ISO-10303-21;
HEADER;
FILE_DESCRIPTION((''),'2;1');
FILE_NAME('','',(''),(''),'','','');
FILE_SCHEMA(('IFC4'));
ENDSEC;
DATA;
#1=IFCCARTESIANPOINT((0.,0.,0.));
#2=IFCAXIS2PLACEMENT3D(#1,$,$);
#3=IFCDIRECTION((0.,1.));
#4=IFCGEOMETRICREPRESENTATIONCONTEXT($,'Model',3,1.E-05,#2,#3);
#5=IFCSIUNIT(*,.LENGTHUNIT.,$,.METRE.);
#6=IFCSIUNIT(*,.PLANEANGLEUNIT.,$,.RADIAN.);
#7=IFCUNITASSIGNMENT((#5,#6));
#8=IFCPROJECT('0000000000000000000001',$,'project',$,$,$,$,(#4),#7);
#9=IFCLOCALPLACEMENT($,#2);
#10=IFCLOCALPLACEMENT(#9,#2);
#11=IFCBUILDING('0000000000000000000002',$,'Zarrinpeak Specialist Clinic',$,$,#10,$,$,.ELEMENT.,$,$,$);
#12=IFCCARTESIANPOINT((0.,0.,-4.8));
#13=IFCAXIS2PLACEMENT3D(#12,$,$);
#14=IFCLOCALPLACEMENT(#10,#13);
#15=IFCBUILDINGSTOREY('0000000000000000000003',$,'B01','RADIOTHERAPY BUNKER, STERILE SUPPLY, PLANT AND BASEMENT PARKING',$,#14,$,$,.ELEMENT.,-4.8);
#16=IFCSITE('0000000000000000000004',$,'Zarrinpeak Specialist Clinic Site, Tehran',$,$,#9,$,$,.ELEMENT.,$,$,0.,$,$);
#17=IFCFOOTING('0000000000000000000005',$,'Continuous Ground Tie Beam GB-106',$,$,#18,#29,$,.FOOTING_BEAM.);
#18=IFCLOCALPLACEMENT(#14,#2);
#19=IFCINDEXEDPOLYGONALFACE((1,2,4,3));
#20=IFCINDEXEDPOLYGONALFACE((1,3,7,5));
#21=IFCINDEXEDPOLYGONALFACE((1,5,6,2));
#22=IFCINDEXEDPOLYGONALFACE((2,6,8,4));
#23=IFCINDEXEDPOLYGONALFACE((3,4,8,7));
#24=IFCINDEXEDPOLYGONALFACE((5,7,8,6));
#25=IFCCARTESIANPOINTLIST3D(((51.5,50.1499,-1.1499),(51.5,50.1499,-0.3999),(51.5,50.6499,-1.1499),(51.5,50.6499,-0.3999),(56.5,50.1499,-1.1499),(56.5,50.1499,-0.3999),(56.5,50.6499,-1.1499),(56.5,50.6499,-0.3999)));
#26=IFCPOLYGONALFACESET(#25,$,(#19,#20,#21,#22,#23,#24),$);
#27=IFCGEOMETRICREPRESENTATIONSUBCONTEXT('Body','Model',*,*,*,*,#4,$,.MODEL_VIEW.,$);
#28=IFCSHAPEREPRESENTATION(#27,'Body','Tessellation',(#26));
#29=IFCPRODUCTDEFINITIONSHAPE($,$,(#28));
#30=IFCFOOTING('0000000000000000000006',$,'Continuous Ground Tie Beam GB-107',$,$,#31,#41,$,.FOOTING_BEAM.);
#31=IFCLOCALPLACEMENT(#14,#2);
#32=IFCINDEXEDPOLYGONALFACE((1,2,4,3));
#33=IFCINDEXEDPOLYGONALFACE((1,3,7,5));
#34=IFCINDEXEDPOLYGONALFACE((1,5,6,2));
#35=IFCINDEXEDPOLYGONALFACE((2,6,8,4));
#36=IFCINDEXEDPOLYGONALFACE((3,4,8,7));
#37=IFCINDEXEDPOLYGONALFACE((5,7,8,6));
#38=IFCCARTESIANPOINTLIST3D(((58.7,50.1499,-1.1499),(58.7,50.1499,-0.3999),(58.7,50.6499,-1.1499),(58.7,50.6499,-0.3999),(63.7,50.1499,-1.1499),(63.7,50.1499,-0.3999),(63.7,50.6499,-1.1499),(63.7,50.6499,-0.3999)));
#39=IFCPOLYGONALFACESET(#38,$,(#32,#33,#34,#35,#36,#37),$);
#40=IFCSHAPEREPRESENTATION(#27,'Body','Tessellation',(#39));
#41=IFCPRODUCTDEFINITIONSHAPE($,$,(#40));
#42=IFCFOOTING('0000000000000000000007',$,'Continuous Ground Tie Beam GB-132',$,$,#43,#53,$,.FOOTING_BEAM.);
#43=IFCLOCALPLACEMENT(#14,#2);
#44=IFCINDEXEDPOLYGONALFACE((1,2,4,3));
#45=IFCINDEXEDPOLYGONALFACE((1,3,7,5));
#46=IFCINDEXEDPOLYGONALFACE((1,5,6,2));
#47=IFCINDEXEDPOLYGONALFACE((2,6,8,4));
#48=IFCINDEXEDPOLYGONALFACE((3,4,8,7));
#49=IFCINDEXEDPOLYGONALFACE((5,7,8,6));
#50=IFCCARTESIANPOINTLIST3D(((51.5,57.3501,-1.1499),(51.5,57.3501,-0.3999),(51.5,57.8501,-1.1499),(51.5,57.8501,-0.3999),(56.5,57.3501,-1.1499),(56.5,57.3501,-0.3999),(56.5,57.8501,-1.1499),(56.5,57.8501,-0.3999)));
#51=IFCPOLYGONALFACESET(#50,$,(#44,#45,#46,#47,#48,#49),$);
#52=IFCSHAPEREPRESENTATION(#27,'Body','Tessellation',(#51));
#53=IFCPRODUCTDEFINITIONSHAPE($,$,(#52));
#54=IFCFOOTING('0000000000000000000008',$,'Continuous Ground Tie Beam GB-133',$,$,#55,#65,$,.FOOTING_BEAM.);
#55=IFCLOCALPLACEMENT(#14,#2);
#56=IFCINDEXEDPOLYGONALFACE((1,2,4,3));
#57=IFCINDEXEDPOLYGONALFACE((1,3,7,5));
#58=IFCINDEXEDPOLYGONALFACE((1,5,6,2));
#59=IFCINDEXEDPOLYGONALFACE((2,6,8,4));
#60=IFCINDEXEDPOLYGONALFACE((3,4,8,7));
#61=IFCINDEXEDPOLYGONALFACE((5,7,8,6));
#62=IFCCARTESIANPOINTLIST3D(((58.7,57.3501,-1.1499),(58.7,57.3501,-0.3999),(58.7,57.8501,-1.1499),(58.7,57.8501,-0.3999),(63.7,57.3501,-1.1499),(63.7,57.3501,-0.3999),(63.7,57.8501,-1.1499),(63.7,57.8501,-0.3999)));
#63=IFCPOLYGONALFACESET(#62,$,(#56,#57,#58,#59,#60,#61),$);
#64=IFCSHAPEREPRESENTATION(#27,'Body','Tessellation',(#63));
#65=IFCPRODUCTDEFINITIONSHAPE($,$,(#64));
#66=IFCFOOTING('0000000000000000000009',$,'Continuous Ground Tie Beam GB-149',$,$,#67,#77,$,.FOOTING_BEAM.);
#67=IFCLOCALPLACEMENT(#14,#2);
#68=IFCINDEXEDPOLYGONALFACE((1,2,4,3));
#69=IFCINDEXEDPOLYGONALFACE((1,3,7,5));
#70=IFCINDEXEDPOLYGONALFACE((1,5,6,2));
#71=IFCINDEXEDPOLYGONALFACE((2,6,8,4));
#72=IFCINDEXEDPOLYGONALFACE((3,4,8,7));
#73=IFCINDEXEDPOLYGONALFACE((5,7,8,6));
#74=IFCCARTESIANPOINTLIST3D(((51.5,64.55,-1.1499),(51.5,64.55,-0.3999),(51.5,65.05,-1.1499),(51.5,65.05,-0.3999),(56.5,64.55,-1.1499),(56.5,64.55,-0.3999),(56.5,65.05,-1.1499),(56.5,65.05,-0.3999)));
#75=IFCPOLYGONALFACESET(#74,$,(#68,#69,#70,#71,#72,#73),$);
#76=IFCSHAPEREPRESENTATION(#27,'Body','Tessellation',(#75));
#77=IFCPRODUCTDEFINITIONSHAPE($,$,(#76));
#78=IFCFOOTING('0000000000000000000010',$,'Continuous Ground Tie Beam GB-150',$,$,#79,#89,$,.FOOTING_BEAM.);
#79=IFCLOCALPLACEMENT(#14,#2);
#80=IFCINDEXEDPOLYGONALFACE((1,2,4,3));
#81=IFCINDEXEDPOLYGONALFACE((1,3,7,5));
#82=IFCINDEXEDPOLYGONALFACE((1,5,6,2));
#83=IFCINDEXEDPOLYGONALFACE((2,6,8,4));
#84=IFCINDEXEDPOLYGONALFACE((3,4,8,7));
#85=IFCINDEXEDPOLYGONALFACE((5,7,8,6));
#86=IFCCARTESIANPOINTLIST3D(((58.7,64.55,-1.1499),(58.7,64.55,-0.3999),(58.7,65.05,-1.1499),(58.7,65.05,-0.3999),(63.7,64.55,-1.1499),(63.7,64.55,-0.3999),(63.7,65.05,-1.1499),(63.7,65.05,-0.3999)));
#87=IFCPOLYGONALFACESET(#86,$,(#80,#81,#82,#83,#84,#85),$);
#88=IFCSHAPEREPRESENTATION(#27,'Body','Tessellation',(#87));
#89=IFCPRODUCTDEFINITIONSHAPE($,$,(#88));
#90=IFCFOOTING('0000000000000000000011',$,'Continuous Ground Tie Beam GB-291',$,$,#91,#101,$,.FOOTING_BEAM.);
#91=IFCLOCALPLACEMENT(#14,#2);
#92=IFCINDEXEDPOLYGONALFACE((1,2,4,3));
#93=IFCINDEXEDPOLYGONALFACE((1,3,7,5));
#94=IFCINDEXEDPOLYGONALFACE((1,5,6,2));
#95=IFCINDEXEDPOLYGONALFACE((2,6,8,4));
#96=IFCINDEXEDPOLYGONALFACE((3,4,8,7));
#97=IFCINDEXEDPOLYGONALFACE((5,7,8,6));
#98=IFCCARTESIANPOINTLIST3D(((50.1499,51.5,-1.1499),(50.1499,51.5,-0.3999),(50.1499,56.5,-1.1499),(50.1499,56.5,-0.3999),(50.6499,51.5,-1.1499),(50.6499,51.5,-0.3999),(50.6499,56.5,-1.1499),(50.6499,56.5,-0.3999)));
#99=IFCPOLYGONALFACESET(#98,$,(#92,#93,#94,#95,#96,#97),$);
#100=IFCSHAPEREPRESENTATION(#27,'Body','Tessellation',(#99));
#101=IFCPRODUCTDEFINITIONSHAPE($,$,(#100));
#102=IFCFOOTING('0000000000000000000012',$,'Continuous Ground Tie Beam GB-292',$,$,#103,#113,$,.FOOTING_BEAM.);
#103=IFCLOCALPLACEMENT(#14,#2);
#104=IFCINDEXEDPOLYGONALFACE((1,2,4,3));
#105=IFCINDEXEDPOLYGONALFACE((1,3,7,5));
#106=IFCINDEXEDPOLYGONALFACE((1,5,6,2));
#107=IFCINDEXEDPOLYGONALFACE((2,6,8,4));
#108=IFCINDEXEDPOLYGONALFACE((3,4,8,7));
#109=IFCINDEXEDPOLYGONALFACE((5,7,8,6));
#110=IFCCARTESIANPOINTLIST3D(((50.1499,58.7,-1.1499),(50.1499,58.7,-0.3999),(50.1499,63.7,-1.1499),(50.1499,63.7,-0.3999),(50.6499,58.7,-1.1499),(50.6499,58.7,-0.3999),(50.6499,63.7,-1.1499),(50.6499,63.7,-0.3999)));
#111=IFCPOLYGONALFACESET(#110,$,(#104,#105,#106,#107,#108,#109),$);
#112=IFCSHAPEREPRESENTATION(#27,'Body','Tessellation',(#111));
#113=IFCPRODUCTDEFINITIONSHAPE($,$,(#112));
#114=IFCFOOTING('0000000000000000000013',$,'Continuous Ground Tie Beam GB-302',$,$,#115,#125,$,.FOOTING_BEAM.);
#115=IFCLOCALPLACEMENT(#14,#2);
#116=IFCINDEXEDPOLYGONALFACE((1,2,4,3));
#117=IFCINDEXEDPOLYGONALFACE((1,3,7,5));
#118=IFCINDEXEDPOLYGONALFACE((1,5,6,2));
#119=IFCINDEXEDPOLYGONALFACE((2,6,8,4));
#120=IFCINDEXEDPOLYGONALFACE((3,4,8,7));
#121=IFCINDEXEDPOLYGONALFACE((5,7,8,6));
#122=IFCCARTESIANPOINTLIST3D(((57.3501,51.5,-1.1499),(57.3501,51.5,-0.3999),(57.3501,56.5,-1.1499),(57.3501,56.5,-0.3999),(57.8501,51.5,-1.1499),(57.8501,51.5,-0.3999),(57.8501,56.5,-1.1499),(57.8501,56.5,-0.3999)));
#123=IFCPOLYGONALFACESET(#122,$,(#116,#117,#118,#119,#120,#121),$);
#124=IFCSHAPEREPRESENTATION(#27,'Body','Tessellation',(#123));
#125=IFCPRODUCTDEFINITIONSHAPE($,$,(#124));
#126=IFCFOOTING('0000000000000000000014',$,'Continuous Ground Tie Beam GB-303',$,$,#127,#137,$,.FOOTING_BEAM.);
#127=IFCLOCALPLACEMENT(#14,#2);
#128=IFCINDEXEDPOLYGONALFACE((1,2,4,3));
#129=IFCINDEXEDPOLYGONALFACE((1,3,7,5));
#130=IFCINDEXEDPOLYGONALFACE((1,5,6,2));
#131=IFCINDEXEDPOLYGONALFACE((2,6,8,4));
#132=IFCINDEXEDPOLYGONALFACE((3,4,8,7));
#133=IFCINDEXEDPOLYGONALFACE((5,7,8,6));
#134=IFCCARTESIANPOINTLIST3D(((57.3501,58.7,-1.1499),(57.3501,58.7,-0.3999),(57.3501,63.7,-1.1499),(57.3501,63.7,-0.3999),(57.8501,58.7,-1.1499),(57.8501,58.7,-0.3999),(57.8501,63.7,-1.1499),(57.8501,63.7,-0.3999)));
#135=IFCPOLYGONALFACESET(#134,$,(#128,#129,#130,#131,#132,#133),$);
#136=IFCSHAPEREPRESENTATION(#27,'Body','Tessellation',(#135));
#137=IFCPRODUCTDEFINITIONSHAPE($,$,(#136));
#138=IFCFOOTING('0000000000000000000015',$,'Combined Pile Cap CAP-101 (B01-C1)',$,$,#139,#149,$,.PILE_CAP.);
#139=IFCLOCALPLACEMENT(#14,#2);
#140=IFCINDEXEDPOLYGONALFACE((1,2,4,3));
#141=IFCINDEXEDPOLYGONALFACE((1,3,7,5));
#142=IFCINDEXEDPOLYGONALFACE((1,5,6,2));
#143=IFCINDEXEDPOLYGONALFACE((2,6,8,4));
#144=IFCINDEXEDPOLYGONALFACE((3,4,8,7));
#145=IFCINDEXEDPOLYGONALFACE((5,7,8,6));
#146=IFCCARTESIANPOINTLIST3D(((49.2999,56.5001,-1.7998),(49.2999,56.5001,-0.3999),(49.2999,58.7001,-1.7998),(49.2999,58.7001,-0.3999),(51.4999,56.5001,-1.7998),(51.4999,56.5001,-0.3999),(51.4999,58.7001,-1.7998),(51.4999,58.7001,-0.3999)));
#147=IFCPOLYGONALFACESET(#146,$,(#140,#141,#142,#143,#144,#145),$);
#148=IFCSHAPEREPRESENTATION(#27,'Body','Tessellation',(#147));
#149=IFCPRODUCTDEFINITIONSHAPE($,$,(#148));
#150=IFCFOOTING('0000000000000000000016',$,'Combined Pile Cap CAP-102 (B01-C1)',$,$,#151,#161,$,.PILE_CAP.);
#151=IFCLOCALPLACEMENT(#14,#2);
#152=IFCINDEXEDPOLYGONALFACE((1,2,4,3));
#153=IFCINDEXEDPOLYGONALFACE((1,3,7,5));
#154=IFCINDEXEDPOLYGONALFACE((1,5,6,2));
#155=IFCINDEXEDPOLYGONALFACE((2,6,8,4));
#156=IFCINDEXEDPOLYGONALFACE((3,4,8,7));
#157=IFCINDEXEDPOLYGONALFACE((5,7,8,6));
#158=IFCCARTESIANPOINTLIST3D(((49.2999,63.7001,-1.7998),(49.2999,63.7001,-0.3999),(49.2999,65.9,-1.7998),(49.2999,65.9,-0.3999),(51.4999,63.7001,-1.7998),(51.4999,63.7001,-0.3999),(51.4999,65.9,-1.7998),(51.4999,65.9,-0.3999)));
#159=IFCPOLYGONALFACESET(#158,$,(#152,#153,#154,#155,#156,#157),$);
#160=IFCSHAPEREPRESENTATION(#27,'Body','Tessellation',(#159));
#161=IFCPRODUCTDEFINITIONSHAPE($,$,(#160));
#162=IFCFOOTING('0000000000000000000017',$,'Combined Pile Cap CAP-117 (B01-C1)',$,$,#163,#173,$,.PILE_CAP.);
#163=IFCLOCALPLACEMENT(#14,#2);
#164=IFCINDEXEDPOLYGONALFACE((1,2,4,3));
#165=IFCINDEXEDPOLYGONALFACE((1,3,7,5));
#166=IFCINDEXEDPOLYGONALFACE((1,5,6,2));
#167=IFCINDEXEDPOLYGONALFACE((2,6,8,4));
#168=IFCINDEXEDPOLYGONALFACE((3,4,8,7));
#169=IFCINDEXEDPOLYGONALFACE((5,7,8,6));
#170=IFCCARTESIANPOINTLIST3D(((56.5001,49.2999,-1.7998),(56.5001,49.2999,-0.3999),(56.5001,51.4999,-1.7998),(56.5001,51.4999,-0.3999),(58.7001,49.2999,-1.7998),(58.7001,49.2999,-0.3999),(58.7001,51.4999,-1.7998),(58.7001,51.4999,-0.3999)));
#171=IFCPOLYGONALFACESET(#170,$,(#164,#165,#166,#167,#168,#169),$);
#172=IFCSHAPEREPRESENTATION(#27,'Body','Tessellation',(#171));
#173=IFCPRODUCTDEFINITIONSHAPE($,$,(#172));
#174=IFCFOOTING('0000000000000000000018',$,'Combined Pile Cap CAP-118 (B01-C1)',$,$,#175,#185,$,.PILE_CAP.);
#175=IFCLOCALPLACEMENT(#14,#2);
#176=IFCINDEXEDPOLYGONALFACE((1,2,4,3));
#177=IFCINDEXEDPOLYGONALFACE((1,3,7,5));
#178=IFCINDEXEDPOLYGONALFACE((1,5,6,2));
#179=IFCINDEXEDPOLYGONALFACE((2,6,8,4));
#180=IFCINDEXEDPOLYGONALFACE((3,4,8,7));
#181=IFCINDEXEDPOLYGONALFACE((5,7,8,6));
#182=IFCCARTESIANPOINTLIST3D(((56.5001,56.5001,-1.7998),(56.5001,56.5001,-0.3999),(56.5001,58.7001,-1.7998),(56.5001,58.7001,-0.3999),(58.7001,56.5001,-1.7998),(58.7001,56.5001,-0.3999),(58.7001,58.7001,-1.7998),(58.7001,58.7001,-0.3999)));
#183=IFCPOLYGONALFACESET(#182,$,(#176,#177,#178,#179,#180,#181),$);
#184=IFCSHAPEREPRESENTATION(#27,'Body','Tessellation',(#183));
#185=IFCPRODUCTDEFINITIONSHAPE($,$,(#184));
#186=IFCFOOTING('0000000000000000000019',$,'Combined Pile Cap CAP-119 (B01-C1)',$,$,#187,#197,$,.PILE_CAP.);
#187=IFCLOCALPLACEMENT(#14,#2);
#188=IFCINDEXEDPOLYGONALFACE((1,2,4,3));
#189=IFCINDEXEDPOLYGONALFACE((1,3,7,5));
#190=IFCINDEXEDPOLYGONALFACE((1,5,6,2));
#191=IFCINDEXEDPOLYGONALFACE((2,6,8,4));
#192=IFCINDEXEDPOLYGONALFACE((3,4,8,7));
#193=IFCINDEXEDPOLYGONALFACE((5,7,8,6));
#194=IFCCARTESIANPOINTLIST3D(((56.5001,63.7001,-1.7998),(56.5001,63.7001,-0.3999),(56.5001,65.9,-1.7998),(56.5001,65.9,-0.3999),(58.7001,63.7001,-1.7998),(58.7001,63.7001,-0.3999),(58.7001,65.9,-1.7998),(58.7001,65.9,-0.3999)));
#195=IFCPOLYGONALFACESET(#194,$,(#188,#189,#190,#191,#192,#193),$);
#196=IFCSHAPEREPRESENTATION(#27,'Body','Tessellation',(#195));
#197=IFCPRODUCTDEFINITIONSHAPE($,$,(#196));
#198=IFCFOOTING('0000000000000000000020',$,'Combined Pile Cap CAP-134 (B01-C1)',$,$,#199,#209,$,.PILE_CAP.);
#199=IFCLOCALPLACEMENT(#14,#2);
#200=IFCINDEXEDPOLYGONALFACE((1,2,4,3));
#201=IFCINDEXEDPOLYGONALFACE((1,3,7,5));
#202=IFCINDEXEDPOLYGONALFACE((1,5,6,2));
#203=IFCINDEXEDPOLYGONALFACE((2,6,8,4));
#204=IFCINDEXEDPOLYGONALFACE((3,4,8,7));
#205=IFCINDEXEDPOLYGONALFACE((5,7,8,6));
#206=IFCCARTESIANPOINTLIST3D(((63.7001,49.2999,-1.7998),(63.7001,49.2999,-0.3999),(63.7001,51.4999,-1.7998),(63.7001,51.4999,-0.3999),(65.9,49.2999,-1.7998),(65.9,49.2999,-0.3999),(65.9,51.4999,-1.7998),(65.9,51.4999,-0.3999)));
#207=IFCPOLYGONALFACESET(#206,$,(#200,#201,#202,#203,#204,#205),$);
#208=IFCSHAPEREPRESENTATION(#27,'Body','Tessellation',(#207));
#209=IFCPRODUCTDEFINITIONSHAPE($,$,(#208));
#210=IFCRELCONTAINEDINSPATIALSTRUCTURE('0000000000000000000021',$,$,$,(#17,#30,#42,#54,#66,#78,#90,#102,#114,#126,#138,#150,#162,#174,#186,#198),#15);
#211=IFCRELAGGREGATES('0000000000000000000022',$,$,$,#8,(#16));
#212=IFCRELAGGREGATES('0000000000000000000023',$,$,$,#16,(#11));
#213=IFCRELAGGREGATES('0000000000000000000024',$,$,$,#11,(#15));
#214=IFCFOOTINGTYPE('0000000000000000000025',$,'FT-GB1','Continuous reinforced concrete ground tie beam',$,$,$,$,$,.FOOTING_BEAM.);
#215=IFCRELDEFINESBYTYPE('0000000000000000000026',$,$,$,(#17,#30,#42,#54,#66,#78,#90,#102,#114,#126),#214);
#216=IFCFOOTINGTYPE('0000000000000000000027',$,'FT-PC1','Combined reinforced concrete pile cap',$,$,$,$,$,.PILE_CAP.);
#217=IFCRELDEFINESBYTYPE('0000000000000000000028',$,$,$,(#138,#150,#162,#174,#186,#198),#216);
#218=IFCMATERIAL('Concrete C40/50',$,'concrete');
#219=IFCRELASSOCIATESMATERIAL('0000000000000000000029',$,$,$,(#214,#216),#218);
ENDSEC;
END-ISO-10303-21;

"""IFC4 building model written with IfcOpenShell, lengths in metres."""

from ifc_helpers import new_model, si_unit, direction, frame, origin, origin_2d, place, context, subcontext, project, spatial, rectangle, extrude, material, material_profile, profile_set, type_object, element, save


model = new_model("IFC4")

# Units and contexts
model_context = context("Model", 3, precision=1e-05, world=origin(), true_north=direction((0.0, 1.0)))
body_context = subcontext(model_context, "Body", "Model", "MODEL_VIEW")
ifc_project = project(units=[si_unit("LENGTHUNIT", "METRE"), si_unit("PLANEANGLEUNIT", "RADIAN")], contexts=[model_context])

# Site, building, storey
site_placement = place(None, origin())
site = spatial("IfcSite", under=ifc_project, at=site_placement, Name="Zarrinpeak Specialist Clinic Site, Tehran", CompositionType="ELEMENT", RefElevation=0.0)
building_placement = place(site_placement, origin())
building = spatial("IfcBuilding", under=site, at=building_placement, Name="Zarrinpeak Specialist Clinic", CompositionType="ELEMENT")
storey_placement = place(building_placement, frame((0.0, 0.0, -4.8)))
storey = spatial("IfcBuildingStorey", under=building, at=storey_placement, Name="B01", Description="RADIOTHERAPY BUNKER, STERILE SUPPLY, PLANT AND BASEMENT PARKING", CompositionType="ELEMENT", Elevation=-4.8)

# Footings
ifc_material = material(Name="Concrete C40/50", Category="concrete")
ifc_material_profile_1 = material_profile(ifc_material, rectangle(XDim=0.5, YDim=0.75, at=origin_2d()), Name="RC 500x750")
ifc_profile_set_1 = profile_set([ifc_material_profile_1], Name="Concrete C40/50")
footing_type_1 = type_object("IfcFootingType", Name="FT-GB1", Description="Continuous reinforced concrete ground tie beam", PredefinedType="FOOTING_BEAM", material=ifc_profile_set_1)
for number, where, z_axis, x_axis, name in (
    (1, (51.5, 50.3999, -0.7749), (1.0, 0.0, 0.0), (0.0, 1.0, 0.0), "Continuous Ground Tie Beam GB-106"),
    (2, (58.7, 50.3999, -0.7749), (1.0, 0.0, 0.0), (0.0, 1.0, 0.0), "Continuous Ground Tie Beam GB-107"),
    (3, (51.5, 57.6001, -0.7749), (1.0, 0.0, 0.0), (0.0, 1.0, 0.0), "Continuous Ground Tie Beam GB-132"),
    (4, (58.7, 57.6001, -0.7749), (1.0, 0.0, 0.0), (0.0, 1.0, 0.0), "Continuous Ground Tie Beam GB-133"),
    (5, (51.5, 64.8, -0.7749), (1.0, 0.0, 0.0), (0.0, 1.0, 0.0), "Continuous Ground Tie Beam GB-149"),
    (6, (58.7, 64.8, -0.7749), (1.0, 0.0, 0.0), (0.0, 1.0, 0.0), "Continuous Ground Tie Beam GB-150"),
    (7, (50.3999, 51.5, -0.7749), (0.0, 1.0, 0.0), (-1.0, 0.0, 0.0), "Continuous Ground Tie Beam GB-291"),
    (8, (50.3999, 58.7, -0.7749), (0.0, 1.0, 0.0), (-1.0, 0.0, 0.0), "Continuous Ground Tie Beam GB-292"),
    (9, (57.6001, 51.5, -0.7749), (0.0, 1.0, 0.0), (-1.0, 0.0, 0.0), "Continuous Ground Tie Beam GB-302"),
    (10, (57.6001, 58.7, -0.7749), (0.0, 1.0, 0.0), (-1.0, 0.0, 0.0), "Continuous Ground Tie Beam GB-303"),
):
    element("IfcFooting", number, at=place(storey_placement, frame(where, z_axis=z_axis, x_axis=x_axis)), inside=storey, type_object=footing_type_1, Name=name, PredefinedType="FOOTING_BEAM", context=body_context, shape_type="SweptSolid", body=[
        extrude(rectangle(XDim=0.5, YDim=0.75, at=origin_2d()), origin(), (0.0, 0.0, 1.0), 5.0),
    ])
footing_type_2 = type_object("IfcFootingType", Name="FT-PC1", Description="Combined reinforced concrete pile cap", PredefinedType="PILE_CAP", material=ifc_material)
for number, where, z_axis, x_axis, name in (
    (11, (50.3999, 57.6001, -1.7998), (0.0, 0.0, 1.0), (1.0, 0.0, 0.0), "Combined Pile Cap CAP-101 (B01-C1)"),
    (12, (50.3999, 64.8, -1.7998), (0.0, 0.0, 1.0), (1.0, 0.0, 0.0), "Combined Pile Cap CAP-102 (B01-C1)"),
    (13, (57.6001, 50.3999, -1.7998), (0.0, 0.0, 1.0), (1.0, 0.0, 0.0), "Combined Pile Cap CAP-117 (B01-C1)"),
    (14, (57.6001, 57.6001, -1.7998), (0.0, 0.0, 1.0), (1.0, 0.0, 0.0), "Combined Pile Cap CAP-118 (B01-C1)"),
    (15, (57.6001, 64.8, -1.7998), (0.0, 0.0, 1.0), (1.0, 0.0, 0.0), "Combined Pile Cap CAP-119 (B01-C1)"),
    (16, (64.8, 50.3999, -1.7998), (0.0, 0.0, 1.0), (1.0, 0.0, 0.0), "Combined Pile Cap CAP-134 (B01-C1)"),
):
    element("IfcFooting", number, at=place(storey_placement, frame(where, z_axis=z_axis, x_axis=x_axis)), inside=storey, type_object=footing_type_2, Name=name, PredefinedType="PILE_CAP", context=body_context, shape_type="SweptSolid", body=[
        extrude(rectangle(XDim=2.2, YDim=2.2, at=origin_2d()), origin(), (0.0, 0.0, 1.0), 1.3999),
    ])

save(model, "model.ifc")
